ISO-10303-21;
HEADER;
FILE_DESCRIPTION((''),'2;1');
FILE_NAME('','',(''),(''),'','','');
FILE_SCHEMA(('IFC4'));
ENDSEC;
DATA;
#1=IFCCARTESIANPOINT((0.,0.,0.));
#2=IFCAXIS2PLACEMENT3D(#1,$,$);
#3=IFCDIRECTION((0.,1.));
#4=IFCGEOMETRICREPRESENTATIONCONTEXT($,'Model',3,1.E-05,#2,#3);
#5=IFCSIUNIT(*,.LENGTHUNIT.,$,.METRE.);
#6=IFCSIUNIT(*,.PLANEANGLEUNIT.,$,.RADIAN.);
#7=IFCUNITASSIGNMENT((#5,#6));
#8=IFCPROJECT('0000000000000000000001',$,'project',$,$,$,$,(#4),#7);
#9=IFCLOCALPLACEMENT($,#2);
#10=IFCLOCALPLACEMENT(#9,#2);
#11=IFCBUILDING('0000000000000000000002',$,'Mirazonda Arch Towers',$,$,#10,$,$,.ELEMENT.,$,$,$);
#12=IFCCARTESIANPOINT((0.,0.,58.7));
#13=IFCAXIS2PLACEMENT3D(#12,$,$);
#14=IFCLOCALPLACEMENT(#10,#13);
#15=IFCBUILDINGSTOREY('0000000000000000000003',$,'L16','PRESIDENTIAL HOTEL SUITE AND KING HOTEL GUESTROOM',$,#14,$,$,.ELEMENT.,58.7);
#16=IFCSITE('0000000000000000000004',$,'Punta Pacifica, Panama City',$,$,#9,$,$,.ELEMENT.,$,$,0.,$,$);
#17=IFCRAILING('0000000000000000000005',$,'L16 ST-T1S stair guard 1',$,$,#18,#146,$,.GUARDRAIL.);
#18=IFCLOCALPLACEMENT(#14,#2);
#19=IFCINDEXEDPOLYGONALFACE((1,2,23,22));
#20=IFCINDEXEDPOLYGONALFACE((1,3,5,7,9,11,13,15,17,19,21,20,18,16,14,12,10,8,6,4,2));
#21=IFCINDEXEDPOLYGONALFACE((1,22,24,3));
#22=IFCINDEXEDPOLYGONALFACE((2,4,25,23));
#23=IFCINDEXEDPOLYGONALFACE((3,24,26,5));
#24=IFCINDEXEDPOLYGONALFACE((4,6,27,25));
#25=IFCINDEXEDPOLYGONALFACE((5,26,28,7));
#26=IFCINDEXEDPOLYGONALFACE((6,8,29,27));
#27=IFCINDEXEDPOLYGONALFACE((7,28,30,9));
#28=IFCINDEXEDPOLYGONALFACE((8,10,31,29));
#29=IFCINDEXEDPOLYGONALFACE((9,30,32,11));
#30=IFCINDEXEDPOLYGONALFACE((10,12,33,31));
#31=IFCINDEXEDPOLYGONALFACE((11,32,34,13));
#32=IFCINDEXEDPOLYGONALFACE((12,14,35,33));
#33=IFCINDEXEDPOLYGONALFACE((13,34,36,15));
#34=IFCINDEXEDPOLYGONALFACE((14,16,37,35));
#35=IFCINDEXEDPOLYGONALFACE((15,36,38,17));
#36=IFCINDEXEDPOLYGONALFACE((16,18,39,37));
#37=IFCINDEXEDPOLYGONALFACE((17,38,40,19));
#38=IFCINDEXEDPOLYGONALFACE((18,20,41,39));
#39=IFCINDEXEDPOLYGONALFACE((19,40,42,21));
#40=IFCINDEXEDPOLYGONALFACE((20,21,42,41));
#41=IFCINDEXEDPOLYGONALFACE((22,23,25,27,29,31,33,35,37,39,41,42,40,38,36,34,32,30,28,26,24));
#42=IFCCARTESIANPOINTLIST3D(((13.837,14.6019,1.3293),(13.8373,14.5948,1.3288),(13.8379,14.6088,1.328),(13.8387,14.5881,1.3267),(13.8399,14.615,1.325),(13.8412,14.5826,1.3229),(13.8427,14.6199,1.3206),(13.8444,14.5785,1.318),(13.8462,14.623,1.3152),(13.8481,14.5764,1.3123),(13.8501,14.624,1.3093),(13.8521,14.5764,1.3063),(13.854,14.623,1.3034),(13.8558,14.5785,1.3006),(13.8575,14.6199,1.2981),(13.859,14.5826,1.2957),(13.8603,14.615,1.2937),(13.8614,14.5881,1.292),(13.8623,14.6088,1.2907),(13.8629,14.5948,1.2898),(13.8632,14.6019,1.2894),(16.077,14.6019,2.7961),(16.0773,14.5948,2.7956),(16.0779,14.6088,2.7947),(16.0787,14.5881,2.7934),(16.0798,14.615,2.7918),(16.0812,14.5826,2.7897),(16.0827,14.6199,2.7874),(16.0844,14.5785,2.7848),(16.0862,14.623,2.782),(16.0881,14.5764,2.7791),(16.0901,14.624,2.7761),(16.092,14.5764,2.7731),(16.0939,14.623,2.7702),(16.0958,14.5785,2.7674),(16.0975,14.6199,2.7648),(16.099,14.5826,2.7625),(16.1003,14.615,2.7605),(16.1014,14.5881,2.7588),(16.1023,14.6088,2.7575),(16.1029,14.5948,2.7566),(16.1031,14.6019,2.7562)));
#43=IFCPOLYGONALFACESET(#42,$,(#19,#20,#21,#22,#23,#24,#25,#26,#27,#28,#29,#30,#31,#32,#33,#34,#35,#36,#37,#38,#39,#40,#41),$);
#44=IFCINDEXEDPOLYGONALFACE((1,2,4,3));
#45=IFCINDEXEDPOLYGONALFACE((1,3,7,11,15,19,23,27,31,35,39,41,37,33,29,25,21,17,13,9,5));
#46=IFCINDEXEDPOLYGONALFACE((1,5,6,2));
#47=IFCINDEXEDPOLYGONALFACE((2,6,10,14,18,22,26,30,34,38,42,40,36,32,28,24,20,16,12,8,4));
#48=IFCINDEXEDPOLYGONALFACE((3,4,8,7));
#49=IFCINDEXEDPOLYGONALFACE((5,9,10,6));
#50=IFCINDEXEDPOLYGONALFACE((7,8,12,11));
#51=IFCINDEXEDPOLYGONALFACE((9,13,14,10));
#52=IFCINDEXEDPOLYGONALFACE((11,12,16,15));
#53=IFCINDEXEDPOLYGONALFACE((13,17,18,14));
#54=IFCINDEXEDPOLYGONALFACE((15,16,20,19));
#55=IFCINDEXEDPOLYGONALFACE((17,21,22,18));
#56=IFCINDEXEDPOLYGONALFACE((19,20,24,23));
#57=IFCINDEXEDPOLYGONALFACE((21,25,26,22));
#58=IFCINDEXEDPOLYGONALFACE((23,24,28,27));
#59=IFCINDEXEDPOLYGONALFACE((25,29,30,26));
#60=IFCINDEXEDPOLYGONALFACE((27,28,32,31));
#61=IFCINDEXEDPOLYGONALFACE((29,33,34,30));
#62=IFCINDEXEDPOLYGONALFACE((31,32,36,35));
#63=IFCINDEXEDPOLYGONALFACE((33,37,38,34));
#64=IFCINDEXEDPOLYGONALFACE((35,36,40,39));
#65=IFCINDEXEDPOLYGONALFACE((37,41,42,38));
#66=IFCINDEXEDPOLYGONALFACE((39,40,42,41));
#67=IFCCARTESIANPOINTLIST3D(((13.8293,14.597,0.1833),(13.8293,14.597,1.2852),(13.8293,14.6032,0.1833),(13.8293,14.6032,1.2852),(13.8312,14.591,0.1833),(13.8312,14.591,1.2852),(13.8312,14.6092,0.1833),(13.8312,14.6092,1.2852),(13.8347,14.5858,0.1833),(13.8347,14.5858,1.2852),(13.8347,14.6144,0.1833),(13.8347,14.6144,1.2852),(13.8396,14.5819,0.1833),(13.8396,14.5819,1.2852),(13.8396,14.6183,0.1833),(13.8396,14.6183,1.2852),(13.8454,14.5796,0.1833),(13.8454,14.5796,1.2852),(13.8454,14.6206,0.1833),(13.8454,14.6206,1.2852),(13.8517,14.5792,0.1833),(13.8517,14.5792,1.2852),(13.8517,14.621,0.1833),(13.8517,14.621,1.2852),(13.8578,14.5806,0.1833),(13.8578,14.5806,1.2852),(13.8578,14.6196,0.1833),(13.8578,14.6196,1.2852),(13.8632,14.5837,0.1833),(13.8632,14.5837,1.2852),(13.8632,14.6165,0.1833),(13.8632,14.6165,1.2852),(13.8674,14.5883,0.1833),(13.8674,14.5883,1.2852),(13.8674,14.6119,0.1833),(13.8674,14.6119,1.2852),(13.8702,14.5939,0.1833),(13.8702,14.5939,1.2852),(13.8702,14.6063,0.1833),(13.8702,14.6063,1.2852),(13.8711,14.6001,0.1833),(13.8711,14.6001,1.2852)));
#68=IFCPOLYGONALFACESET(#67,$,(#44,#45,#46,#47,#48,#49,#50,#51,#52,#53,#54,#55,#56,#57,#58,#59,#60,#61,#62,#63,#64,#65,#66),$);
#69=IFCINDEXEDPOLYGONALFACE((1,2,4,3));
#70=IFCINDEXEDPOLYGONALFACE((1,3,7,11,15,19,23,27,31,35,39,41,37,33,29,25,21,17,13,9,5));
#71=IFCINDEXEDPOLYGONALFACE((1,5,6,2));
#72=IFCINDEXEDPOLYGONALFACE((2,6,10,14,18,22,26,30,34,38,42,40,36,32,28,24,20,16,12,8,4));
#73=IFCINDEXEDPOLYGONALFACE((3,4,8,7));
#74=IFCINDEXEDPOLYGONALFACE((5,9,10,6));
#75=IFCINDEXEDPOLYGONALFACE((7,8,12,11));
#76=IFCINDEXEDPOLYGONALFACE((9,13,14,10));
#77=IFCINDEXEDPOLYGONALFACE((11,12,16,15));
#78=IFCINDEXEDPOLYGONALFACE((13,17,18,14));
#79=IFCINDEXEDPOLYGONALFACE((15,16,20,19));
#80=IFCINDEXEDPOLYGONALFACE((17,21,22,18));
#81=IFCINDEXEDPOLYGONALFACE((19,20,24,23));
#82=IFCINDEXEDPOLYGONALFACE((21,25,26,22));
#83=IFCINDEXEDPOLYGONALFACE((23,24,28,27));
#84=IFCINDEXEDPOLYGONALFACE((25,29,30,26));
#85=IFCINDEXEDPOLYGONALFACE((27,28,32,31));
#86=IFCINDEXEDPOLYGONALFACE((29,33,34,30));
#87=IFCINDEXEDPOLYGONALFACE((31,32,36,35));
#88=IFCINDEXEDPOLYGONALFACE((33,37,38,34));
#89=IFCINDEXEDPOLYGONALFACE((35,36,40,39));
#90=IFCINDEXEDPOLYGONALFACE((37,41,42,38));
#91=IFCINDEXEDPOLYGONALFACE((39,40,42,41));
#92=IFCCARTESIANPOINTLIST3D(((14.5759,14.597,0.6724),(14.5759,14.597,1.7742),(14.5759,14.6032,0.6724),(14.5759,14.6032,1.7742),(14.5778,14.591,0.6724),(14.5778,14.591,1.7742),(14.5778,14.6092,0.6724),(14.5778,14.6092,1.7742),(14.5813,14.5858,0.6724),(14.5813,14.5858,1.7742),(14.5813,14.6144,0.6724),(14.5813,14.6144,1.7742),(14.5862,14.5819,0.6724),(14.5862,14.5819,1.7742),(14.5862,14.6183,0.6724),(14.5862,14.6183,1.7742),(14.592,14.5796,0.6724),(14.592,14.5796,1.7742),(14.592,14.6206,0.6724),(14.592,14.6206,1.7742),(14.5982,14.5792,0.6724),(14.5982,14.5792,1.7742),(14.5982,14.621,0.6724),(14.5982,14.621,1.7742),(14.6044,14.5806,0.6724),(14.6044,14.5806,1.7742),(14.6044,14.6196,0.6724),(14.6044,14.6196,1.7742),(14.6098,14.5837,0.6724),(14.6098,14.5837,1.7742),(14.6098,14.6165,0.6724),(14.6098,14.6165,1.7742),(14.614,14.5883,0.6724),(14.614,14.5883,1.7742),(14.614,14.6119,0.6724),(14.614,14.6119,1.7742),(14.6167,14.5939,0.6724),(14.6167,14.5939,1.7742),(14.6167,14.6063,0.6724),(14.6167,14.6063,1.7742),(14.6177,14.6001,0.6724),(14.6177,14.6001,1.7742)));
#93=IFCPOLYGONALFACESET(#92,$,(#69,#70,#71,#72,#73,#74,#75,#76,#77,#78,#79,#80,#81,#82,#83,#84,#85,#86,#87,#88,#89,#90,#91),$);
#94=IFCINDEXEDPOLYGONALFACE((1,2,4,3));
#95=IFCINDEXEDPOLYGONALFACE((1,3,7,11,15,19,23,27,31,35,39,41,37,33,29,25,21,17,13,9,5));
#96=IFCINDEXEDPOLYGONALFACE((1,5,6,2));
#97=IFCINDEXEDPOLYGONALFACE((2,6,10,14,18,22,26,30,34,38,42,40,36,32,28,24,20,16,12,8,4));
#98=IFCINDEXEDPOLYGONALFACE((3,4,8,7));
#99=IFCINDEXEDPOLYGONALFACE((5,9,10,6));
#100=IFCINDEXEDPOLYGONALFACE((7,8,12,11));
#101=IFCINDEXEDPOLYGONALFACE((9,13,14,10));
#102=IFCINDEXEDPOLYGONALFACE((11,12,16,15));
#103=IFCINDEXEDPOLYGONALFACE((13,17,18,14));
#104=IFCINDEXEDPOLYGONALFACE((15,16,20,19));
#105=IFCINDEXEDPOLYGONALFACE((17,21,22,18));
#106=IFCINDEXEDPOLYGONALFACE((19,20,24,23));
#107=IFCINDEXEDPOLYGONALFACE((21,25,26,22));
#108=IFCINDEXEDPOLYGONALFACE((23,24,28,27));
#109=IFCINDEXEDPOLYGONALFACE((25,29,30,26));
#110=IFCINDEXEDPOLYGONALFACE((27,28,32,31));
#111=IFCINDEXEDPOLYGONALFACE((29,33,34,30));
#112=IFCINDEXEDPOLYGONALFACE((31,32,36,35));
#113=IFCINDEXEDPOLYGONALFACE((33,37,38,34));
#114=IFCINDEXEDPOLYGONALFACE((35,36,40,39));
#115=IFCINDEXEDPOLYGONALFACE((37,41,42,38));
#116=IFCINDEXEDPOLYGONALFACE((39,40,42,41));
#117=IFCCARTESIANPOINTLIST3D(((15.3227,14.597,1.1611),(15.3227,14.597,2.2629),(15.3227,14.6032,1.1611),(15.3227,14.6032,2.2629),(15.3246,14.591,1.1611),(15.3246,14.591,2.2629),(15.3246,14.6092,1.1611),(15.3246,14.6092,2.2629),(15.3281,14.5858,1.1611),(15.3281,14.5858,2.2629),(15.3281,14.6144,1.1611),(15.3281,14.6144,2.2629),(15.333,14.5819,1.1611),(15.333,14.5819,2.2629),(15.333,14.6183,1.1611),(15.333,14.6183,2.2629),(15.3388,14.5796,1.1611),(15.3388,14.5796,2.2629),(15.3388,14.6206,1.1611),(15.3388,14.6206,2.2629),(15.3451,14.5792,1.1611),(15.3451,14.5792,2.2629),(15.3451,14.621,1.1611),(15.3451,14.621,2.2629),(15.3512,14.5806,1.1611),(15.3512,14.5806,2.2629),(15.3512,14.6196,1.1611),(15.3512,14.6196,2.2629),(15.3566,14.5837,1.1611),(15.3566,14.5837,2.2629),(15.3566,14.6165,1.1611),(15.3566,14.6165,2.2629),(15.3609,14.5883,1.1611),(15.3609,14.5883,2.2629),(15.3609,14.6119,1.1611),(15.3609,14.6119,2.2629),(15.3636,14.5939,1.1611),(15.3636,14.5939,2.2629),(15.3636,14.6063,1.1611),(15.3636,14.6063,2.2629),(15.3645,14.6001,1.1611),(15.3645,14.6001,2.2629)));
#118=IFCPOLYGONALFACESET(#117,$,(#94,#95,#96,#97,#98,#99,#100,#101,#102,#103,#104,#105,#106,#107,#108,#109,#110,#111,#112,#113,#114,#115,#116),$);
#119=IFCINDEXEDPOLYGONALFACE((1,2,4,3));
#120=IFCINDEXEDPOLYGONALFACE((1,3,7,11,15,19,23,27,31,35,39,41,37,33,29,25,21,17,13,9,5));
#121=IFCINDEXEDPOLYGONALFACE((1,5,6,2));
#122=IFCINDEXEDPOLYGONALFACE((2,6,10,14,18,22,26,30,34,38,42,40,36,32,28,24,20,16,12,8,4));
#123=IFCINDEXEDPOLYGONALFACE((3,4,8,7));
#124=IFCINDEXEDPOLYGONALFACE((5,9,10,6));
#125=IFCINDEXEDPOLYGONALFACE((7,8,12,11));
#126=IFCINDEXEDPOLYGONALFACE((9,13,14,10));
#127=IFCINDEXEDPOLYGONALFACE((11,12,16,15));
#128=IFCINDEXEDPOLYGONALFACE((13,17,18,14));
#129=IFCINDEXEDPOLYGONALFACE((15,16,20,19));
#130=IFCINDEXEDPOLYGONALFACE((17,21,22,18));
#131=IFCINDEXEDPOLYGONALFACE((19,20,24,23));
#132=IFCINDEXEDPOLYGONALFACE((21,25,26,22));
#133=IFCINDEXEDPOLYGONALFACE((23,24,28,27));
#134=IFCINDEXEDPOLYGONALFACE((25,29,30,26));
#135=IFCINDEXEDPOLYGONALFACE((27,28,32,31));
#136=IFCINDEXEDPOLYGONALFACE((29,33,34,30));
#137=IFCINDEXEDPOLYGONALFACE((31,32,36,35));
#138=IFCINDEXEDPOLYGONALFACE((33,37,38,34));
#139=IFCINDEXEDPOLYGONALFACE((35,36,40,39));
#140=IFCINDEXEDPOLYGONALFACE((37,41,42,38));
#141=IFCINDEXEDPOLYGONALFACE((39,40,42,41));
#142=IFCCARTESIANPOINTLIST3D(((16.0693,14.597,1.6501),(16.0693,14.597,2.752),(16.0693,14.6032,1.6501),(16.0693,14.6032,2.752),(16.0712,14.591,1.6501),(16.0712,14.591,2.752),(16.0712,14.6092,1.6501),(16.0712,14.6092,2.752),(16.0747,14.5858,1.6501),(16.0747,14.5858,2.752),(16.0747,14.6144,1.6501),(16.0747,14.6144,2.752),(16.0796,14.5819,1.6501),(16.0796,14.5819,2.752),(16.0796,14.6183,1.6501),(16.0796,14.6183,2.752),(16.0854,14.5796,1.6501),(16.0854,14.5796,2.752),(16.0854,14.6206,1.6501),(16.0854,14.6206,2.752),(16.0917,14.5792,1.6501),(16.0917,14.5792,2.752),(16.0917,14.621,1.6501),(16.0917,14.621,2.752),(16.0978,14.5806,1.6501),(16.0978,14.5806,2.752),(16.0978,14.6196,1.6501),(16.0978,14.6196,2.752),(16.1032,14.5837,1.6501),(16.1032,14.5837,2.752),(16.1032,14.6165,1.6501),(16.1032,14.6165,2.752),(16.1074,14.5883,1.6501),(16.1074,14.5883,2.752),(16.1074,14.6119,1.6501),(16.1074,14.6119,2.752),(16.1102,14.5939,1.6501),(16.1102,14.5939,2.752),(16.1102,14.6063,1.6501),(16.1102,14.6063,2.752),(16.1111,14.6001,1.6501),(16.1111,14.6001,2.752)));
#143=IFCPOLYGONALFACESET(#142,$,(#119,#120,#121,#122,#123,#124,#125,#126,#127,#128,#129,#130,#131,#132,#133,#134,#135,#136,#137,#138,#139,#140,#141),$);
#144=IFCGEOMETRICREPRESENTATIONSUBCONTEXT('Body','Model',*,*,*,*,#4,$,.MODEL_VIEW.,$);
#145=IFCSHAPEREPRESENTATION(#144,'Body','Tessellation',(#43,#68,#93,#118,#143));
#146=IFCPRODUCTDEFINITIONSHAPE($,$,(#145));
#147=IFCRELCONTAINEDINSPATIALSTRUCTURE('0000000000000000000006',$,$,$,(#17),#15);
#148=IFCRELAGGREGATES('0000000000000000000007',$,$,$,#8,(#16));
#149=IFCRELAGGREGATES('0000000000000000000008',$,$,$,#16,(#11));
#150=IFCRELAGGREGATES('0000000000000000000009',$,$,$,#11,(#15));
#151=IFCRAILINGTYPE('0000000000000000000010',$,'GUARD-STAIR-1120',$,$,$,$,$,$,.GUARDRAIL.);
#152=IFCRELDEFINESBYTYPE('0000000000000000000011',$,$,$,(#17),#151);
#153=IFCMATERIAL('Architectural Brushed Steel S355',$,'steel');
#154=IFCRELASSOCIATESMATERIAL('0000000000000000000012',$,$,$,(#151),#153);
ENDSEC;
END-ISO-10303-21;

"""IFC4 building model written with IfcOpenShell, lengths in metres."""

from ifc_helpers import new_model, si_unit, direction, frame, origin, origin_2d, place, context, subcontext, project, spatial, circle, extrude, material, type_object, element, save


model = new_model("IFC4")

# Units and contexts
model_context = context("Model", 3, precision=1e-05, world=origin(), true_north=direction((0.0, 1.0)))
body_context = subcontext(model_context, "Body", "Model", "MODEL_VIEW")
ifc_project = project(units=[si_unit("LENGTHUNIT", "METRE"), si_unit("PLANEANGLEUNIT", "RADIAN")], contexts=[model_context])

# Site, building, storey
site_placement = place(None, origin())
site = spatial("IfcSite", under=ifc_project, at=site_placement, Name="Punta Pacifica, Panama City", CompositionType="ELEMENT", RefElevation=0.0)
building_placement = place(site_placement, origin())
building = spatial("IfcBuilding", under=site, at=building_placement, Name="Mirazonda Arch Towers", CompositionType="ELEMENT")
storey_placement = place(building_placement, frame((0.0, 0.0, 58.7)))
storey = spatial("IfcBuildingStorey", under=building, at=storey_placement, Name="L16", Description="PRESIDENTIAL HOTEL SUITE AND KING HOTEL GUESTROOM", CompositionType="ELEMENT", Elevation=58.7)

# Shared definitions
ifc_material_1 = material(Name="Architectural Brushed Steel S355", Category="steel")

# Railing
railing_type = type_object("IfcRailingType", Name="GUARD-STAIR-1120", PredefinedType="GUARDRAIL", material=ifc_material_1)
railing_1_placement = place(storey_placement, frame((13.8501, 14.6001, 0.1833)))
element("IfcRailing", 1, at=railing_1_placement, inside=storey, type_object=railing_type, Name="L16 ST-T1S stair guard 1", PredefinedType="GUARDRAIL", context=body_context, shape_type="SweptSolid", body=[
    extrude(circle(Radius=0.0239, at=origin_2d()), frame((0.0, 0.0, 1.126), z_axis=(0.836595, 0.0, 0.547822), x_axis=(0.0, 1.0, 0.0)), (0.0, 0.0, 1.0), 2.6775),
    extrude(circle(Radius=0.021, at=origin_2d()), origin(), (0.0, 0.0, 1.0), 1.1018),
    extrude(circle(Radius=0.021, at=origin_2d()), frame((0.7466, 0.0, 0.489)), (0.0, 0.0, 1.0), 1.1018),
    extrude(circle(Radius=0.021, at=origin_2d()), frame((1.4934, 0.0, 0.9778)), (0.0, 0.0, 1.0), 1.1018),
    extrude(circle(Radius=0.021, at=origin_2d()), frame((2.24, 0.0, 1.4668)), (0.0, 0.0, 1.0), 1.1018),
])

save(model, "model.ifc")
